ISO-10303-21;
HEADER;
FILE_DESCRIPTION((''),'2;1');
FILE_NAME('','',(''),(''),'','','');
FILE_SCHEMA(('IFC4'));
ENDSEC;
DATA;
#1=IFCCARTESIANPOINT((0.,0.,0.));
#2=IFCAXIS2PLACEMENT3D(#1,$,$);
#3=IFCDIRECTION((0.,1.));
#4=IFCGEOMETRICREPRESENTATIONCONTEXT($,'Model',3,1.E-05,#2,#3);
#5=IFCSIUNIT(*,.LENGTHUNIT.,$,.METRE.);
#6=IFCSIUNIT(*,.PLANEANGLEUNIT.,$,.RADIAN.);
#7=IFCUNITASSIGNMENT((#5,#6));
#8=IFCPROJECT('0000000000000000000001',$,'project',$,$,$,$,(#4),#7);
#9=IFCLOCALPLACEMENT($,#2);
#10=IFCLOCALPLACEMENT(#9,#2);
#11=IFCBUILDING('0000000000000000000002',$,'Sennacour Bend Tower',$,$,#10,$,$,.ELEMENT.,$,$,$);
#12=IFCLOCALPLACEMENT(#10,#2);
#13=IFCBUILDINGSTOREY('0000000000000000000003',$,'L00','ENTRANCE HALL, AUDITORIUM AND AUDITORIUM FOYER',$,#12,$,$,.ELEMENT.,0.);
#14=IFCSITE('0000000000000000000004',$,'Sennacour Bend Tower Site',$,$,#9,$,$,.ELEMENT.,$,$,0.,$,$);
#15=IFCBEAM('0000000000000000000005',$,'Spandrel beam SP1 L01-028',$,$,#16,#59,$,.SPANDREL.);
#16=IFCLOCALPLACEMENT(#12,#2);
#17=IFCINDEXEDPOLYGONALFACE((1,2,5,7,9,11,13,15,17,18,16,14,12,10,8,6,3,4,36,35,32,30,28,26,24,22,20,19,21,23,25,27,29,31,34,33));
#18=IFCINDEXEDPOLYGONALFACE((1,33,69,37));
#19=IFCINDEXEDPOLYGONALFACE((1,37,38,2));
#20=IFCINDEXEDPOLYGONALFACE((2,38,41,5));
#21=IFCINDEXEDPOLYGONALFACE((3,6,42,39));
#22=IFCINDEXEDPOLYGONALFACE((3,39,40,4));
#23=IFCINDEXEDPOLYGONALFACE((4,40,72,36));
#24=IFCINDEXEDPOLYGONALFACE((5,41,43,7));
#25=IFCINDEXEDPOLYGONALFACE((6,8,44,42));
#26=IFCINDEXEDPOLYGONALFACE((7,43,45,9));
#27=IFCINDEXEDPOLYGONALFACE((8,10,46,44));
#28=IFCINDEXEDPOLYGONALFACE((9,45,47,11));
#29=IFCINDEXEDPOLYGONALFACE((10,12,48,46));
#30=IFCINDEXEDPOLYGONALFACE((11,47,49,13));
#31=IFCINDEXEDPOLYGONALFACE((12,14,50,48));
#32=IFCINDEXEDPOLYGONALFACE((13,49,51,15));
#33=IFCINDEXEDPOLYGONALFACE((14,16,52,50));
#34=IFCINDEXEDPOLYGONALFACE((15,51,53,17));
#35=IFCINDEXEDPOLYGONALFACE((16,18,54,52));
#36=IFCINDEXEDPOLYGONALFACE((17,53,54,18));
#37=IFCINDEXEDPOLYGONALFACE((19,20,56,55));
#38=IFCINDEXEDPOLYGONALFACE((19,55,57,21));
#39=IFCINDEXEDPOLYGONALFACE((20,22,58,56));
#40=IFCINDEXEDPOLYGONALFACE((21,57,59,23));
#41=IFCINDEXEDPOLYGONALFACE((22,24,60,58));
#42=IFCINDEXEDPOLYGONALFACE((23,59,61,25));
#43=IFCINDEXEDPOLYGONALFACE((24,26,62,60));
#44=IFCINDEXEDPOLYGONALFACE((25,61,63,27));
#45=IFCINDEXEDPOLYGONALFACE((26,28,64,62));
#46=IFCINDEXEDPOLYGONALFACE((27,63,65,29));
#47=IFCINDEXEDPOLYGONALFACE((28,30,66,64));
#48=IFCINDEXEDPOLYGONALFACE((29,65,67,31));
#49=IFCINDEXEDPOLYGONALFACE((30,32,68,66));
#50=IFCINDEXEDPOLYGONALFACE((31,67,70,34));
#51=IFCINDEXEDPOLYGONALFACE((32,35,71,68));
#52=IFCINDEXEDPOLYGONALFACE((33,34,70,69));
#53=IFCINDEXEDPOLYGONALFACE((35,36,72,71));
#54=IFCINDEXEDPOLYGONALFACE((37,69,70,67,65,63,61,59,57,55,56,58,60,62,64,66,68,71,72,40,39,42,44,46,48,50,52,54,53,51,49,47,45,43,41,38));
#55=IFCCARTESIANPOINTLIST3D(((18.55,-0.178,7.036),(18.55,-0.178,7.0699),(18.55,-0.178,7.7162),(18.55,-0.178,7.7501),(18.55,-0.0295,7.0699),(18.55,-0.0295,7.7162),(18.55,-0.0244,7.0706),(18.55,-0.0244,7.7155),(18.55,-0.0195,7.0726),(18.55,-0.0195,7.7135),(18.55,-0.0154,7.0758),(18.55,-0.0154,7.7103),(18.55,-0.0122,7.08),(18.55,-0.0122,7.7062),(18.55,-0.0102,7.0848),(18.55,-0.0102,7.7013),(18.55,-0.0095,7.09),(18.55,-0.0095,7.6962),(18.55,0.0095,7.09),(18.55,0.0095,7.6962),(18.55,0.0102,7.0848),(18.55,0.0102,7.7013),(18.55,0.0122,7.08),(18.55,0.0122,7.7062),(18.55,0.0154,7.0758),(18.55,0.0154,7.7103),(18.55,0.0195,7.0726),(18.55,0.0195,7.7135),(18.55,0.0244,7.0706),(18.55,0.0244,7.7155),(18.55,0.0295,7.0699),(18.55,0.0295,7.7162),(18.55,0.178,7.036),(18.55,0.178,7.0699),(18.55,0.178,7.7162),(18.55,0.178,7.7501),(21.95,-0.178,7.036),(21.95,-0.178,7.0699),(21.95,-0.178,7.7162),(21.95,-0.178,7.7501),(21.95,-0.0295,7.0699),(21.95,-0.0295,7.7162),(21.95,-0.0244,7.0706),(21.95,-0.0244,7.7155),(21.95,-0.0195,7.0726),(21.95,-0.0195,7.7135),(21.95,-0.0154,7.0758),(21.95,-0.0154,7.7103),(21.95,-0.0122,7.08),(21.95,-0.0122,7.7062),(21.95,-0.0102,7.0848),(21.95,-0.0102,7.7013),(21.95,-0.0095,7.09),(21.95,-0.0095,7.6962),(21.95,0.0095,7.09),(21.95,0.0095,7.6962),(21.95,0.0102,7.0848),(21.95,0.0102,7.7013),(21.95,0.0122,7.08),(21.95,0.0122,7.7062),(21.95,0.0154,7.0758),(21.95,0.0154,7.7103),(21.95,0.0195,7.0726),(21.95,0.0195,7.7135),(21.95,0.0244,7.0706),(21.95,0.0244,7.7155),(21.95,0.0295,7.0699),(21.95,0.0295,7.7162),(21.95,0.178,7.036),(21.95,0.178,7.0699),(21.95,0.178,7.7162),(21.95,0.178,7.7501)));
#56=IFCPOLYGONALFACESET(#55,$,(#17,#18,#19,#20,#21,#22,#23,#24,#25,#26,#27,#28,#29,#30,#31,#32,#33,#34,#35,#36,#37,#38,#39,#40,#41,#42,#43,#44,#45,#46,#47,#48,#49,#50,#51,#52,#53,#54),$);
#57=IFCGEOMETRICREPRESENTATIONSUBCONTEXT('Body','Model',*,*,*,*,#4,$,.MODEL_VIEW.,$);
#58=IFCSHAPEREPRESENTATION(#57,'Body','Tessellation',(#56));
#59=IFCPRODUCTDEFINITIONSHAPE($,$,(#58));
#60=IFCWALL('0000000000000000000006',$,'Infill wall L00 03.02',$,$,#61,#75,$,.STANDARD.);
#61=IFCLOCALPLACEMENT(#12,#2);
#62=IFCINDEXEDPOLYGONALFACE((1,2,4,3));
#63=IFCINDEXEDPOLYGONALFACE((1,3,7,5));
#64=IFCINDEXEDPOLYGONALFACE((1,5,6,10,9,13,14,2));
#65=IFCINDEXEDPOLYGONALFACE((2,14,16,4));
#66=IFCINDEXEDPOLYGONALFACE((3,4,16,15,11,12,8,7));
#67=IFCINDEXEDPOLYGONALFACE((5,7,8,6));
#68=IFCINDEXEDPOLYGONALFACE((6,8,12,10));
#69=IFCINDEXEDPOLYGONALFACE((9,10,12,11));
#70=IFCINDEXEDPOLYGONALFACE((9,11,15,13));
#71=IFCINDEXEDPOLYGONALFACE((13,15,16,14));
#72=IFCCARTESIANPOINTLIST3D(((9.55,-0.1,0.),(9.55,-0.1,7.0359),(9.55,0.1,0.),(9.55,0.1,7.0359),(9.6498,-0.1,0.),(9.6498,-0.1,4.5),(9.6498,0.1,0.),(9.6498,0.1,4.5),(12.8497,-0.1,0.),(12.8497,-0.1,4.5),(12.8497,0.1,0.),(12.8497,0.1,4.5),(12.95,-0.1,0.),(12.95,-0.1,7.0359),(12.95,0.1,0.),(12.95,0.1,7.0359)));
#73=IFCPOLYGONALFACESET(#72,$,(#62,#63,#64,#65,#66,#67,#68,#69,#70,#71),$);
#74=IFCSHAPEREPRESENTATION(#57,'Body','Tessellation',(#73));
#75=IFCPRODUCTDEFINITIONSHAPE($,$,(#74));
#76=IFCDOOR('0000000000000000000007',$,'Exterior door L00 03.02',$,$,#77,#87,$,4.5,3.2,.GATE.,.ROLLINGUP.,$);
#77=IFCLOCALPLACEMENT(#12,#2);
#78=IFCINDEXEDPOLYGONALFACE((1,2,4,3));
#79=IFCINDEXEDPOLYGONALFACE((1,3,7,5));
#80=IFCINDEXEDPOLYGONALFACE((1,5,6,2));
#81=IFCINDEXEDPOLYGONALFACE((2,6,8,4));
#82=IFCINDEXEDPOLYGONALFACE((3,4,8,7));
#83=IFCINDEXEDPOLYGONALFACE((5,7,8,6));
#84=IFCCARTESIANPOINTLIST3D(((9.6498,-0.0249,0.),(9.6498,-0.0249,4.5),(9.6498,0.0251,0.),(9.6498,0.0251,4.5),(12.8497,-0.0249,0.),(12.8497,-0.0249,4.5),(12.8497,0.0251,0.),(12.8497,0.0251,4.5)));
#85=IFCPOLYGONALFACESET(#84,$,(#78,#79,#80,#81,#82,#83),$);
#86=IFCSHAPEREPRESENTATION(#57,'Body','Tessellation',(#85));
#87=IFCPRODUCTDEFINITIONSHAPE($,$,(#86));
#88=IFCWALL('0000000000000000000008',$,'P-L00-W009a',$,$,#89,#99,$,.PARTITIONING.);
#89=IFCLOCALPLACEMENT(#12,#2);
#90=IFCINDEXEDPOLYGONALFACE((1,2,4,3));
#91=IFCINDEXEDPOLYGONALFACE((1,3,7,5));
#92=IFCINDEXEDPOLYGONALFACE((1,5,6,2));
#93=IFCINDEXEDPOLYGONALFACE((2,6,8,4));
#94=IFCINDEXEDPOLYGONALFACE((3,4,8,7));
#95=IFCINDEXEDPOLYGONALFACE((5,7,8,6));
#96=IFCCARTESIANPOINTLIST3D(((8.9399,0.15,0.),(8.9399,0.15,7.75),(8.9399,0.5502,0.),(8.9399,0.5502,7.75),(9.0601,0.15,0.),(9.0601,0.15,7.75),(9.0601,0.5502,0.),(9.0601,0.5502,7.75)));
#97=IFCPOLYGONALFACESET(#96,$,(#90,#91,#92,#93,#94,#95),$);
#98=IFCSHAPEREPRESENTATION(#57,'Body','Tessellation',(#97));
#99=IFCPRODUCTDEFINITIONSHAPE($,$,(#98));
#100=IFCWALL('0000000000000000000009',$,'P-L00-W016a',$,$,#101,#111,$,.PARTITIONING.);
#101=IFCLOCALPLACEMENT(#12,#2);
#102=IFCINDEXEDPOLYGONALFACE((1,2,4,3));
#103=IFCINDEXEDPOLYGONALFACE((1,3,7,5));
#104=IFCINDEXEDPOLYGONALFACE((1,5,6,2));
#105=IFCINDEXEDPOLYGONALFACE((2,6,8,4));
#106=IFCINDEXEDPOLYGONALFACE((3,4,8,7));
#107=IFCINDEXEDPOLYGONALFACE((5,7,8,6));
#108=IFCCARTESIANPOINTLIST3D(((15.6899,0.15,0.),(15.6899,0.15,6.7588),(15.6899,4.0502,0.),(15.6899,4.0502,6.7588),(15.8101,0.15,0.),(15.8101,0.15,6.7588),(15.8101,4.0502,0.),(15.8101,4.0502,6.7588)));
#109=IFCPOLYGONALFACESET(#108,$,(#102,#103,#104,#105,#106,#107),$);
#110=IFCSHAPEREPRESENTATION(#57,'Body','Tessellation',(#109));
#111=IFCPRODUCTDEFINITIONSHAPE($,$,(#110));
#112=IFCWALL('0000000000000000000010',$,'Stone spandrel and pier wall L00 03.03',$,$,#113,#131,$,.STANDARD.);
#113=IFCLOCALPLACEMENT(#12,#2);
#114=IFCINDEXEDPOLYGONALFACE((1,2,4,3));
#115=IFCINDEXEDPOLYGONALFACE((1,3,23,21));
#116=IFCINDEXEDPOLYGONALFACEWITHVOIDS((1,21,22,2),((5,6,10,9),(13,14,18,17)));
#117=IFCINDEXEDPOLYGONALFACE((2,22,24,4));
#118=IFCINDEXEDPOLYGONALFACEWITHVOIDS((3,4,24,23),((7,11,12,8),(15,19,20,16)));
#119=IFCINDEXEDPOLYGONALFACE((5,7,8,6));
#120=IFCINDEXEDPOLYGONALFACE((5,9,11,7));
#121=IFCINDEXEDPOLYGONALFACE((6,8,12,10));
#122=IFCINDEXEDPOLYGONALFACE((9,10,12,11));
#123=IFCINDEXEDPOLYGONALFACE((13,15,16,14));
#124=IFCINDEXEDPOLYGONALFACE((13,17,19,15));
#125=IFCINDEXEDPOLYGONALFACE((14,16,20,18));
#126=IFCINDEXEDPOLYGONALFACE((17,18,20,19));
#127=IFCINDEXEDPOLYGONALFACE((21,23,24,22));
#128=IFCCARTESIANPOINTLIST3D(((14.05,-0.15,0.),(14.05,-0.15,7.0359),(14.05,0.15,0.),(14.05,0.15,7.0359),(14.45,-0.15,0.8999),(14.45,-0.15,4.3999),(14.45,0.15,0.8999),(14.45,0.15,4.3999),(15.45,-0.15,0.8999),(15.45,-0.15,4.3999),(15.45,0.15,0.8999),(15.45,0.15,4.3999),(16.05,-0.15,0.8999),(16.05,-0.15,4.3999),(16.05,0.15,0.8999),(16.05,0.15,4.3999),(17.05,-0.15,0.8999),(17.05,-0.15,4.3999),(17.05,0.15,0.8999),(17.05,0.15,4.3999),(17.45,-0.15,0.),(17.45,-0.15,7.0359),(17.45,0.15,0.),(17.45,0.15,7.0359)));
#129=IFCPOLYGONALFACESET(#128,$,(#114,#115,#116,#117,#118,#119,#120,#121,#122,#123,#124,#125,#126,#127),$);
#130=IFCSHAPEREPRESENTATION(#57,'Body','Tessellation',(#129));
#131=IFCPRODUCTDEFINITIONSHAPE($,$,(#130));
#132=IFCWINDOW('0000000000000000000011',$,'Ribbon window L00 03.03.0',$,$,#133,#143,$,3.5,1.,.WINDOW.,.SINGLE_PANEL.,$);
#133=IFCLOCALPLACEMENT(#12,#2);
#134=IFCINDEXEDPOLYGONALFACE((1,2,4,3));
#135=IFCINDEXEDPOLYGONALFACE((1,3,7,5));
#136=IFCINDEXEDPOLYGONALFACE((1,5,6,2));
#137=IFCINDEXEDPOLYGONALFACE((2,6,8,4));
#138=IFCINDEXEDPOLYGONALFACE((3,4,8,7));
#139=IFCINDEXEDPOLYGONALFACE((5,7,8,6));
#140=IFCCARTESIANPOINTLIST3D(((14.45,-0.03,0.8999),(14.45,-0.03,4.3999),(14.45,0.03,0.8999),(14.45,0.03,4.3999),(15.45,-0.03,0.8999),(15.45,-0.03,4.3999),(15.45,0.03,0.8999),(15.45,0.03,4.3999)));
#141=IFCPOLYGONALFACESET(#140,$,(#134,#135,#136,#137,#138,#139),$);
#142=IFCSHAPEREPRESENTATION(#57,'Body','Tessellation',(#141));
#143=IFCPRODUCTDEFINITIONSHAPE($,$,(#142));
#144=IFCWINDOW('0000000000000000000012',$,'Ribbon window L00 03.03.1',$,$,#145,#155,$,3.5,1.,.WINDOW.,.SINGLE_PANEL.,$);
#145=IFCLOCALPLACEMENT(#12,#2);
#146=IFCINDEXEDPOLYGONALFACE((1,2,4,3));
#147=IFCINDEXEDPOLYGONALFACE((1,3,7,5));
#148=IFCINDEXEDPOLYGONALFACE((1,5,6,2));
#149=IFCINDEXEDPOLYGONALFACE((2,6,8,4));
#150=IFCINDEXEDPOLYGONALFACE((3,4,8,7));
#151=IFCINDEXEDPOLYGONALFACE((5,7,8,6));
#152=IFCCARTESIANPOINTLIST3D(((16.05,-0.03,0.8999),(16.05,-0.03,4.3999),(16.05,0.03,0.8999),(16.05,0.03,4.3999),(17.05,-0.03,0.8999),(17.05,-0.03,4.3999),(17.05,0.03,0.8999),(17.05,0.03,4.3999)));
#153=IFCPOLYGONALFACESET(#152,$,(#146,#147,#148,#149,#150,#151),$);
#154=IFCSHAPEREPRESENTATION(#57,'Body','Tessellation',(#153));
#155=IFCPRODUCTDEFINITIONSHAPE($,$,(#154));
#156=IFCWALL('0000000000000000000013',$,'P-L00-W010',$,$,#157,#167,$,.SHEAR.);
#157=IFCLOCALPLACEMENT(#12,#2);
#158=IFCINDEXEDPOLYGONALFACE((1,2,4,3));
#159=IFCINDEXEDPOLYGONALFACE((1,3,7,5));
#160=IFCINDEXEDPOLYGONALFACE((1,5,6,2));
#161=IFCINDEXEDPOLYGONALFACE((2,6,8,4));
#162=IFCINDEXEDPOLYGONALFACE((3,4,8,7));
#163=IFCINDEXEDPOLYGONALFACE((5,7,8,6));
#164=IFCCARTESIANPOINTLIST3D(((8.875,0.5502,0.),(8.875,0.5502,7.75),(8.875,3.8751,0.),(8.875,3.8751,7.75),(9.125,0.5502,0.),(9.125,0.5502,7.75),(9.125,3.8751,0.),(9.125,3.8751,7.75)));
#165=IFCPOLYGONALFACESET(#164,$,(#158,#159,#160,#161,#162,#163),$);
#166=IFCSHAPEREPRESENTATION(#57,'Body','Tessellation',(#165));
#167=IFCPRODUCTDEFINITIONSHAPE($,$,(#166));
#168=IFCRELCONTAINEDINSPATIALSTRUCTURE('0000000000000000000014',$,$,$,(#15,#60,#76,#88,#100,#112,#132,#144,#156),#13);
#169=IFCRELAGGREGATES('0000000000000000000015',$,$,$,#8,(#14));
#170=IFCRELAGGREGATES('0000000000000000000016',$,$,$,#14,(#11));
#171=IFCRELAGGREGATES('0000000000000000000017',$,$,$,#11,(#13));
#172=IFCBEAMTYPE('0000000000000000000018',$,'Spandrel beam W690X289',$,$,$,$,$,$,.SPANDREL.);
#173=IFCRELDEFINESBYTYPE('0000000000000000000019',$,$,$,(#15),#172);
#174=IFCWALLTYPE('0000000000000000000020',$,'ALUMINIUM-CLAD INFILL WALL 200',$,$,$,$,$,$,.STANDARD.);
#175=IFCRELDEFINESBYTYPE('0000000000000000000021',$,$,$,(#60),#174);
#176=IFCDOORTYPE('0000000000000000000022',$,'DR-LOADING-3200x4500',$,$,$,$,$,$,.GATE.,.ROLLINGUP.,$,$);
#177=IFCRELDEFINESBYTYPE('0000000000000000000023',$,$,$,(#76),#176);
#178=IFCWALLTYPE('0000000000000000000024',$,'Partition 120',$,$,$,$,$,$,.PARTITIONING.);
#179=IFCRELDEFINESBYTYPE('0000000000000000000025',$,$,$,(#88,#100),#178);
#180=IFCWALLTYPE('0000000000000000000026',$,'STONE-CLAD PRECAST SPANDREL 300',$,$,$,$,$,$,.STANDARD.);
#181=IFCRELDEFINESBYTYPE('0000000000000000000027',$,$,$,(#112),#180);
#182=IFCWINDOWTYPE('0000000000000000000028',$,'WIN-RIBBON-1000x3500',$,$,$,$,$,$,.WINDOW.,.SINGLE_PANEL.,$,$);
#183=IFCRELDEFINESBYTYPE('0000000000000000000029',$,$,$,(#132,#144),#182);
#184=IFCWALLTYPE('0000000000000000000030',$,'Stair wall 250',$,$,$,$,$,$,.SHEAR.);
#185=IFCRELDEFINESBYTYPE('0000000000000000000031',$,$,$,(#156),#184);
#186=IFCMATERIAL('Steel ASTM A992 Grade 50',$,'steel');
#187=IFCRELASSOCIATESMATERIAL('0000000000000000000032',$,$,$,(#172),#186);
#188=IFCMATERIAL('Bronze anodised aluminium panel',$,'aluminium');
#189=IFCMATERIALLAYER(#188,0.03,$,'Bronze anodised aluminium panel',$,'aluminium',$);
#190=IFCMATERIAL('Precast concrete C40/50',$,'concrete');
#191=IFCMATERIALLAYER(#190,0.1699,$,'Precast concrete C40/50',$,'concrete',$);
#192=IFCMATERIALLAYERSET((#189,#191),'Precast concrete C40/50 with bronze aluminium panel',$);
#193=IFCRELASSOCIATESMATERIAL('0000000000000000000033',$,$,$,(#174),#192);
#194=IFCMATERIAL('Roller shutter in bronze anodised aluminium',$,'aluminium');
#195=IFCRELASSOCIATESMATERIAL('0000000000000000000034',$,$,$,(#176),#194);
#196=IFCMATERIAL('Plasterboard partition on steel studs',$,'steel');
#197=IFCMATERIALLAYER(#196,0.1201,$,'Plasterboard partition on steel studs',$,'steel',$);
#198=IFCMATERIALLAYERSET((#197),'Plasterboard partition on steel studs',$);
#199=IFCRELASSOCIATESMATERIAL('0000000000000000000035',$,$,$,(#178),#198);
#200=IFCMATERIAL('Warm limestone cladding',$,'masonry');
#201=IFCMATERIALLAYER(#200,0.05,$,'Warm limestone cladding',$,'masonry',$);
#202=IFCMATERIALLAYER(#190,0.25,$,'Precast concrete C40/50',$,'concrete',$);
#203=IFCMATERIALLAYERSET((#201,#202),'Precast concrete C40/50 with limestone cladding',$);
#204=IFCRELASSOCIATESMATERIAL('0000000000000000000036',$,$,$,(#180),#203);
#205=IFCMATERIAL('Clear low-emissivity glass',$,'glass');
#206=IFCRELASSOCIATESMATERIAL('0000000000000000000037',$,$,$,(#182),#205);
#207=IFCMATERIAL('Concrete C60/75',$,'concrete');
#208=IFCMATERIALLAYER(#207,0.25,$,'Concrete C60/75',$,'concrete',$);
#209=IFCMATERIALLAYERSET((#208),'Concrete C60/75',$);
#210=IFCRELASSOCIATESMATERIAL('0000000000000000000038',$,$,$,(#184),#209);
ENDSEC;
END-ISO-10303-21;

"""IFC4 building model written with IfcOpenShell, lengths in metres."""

from ifc_helpers import new_model, si_unit, direction, frame, frame_2d, origin, origin_2d, place, context, subcontext, project, spatial, rectangle, i_section, extrude, material, layer, layer_set, material_profile, profile_set, type_object, element, fill, save


model = new_model("IFC4")

# Units and contexts
model_context = context("Model", 3, precision=1e-05, world=origin(), true_north=direction((0.0, 1.0)))
body_context = subcontext(model_context, "Body", "Model", "MODEL_VIEW")
ifc_project = project(units=[si_unit("LENGTHUNIT", "METRE"), si_unit("PLANEANGLEUNIT", "RADIAN")], contexts=[model_context])

# Site, building, storey
site_placement = place(None, origin())
site = spatial("IfcSite", under=ifc_project, at=site_placement, Name="Sennacour Bend Tower Site", CompositionType="ELEMENT", RefElevation=0.0)
building_placement = place(site_placement, origin())
building = spatial("IfcBuilding", under=site, at=building_placement, Name="Sennacour Bend Tower", CompositionType="ELEMENT")
storey_placement = place(building_placement, origin())
storey = spatial("IfcBuildingStorey", under=building, at=storey_placement, Name="L00", Description="ENTRANCE HALL, AUDITORIUM AND AUDITORIUM FOYER", CompositionType="ELEMENT", Elevation=0.0)

# Beam
ifc_material_1 = material(Name="Steel ASTM A992 Grade 50", Category="steel")
ifc_material_profile_1 = material_profile(ifc_material_1, i_section(OverallWidth=0.356, OverallDepth=0.7141, WebThickness=0.019, FlangeThickness=0.0339, FilletRadius=0.02, at=origin_2d()), Name="Steel ASTM A992 Grade 50", Category="steel")
ifc_profile_set_1 = profile_set([ifc_material_profile_1], Name="Steel ASTM A992 Grade 50")
beam_type_1 = type_object("IfcBeamType", Name="Spandrel beam W690X289", PredefinedType="SPANDREL", material=ifc_profile_set_1)
for number, where, z_axis, x_axis, name in (
    (1, (18.55, 0.0, 7.3931), (1.0, 0.0, 0.0), (0.0, 1.0, 0.0), "Spandrel beam SP1 L01-028"),
):
    element("IfcBeam", number, at=place(storey_placement, frame(where, z_axis=z_axis, x_axis=x_axis)), inside=storey, type_object=beam_type_1, Name=name, PredefinedType="SPANDREL", context=body_context, shape_type="SweptSolid", body=[
        extrude(i_section(OverallWidth=0.356, OverallDepth=0.7141, WebThickness=0.019, FlangeThickness=0.0339, FilletRadius=0.02, at=origin_2d()), origin(), (0.0, 0.0, 1.0), 3.3999),
    ])

# Wall, opening, door
ifc_material_2 = material(Name="Bronze anodised aluminium panel", Category="aluminium")
ifc_layer_1 = layer(ifc_material_2, 0.03, Name="Bronze anodised aluminium panel", Category="aluminium")
ifc_material_3 = material(Name="Precast concrete C40/50", Category="concrete")
ifc_layer_2 = layer(ifc_material_3, 0.1699, Name="Precast concrete C40/50", Category="concrete")
ifc_layer_set_1 = layer_set([ifc_layer_1, ifc_layer_2], Name="Precast concrete C40/50 with bronze aluminium panel")
wall_type_1 = type_object("IfcWallType", Name="ALUMINIUM-CLAD INFILL WALL 200", PredefinedType="STANDARD", material=ifc_layer_set_1)
wall_1_placement = place(storey_placement, frame((12.95, 0.0, 0.0), z_axis=(0.0, 0.0, 1.0), x_axis=(-1.0, 0.0, 0.0)))
wall_1 = element("IfcWall", 2, at=wall_1_placement, inside=storey, type_object=wall_type_1, Name="Infill wall L00 03.02", PredefinedType="STANDARD", context=body_context, shape_type="SweptSolid", body=[
    extrude(rectangle(XDim=3.3999, YDim=0.2, at=frame_2d((1.7, 0.0))), origin(), (0.0, 0.0, 1.0), 7.0359),
])
opening_1_placement = place(wall_1_placement, frame((0.1001, 0.0, 0.0)))
opening_1 = element("IfcOpeningElement", 3, at=opening_1_placement, cuts=wall_1, PredefinedType="OPENING", context=body_context, shape_type="SweptSolid", body=[
    extrude(rectangle(XDim=3.2, YDim=4.5, at=frame_2d((1.6001, 2.25))), frame((0.0, 0.1099, 0.0), z_axis=(0.0, -1.0, 0.0), x_axis=(1.0, 0.0, 0.0)), (0.0, 0.0, 1.0), 0.22),
])
ifc_material_4 = material(Name="Roller shutter in bronze anodised aluminium", Category="aluminium")
door_type_1 = type_object("IfcDoorType", Name="DR-LOADING-3200x4500", OperationType="ROLLINGUP", PredefinedType="GATE", material=ifc_material_4)
door_1_placement = place(opening_1_placement, origin())
door_1 = element("IfcDoor", 4, at=door_1_placement, inside=storey, type_object=door_type_1, Name="Exterior door L00 03.02", OperationType="ROLLINGUP", OverallHeight=4.5, OverallWidth=3.2, PredefinedType="GATE", context=body_context, shape_type="SweptSolid", body=[
    extrude(rectangle(XDim=3.2, YDim=4.5, at=frame_2d((1.6001, 2.25))), frame((0.0, 0.0249, 0.0), z_axis=(0.0, -1.0, 0.0), x_axis=(1.0, 0.0, 0.0)), (0.0, 0.0, 1.0), 0.05),
])
fill(opening_1, door_1)

# Walls
ifc_material_5 = material(Name="Plasterboard partition on steel studs", Category="steel")
ifc_layer_3 = layer(ifc_material_5, 0.1201, Name="Plasterboard partition on steel studs", Category="steel")
ifc_layer_set_2 = layer_set([ifc_layer_3], Name="Plasterboard partition on steel studs")
wall_type_2 = type_object("IfcWallType", Name="Partition 120", PredefinedType="PARTITIONING", material=ifc_layer_set_2)
wall_2_placement = place(storey_placement, frame((9.0, 0.1499, 0.0), z_axis=(0.0, 0.0, 1.0), x_axis=(0.0, 1.0, 0.0)))
element("IfcWall", 5, at=wall_2_placement, inside=storey, type_object=wall_type_2, Name="P-L00-W009a", PredefinedType="PARTITIONING", context=body_context, shape_type="SweptSolid", body=[
    extrude(rectangle(XDim=0.4001, YDim=0.1201, at=frame_2d((0.2002, 0.0))), origin(), (0.0, 0.0, 1.0), 7.75),
])
wall_3_placement = place(storey_placement, frame((15.75, 0.1499, 0.0), z_axis=(0.0, 0.0, 1.0), x_axis=(0.0, 1.0, 0.0)))
element("IfcWall", 6, at=wall_3_placement, inside=storey, type_object=wall_type_2, Name="P-L00-W016a", PredefinedType="PARTITIONING", context=body_context, shape_type="SweptSolid", body=[
    extrude(rectangle(XDim=3.9001, YDim=0.1201, at=frame_2d((1.9502, 0.0))), origin(), (0.0, 0.0, 1.0), 6.7588),
])

# Wall, openings, windows
ifc_material_6 = material(Name="Warm limestone cladding", Category="masonry")
ifc_layer_4 = layer(ifc_material_6, 0.05, Name="Warm limestone cladding", Category="masonry")
ifc_layer_5 = layer(ifc_material_3, 0.25, Name="Precast concrete C40/50", Category="concrete")
ifc_layer_set_3 = layer_set([ifc_layer_4, ifc_layer_5], Name="Precast concrete C40/50 with limestone cladding")
wall_type_3 = type_object("IfcWallType", Name="STONE-CLAD PRECAST SPANDREL 300", PredefinedType="STANDARD", material=ifc_layer_set_3)
wall_4_placement = place(storey_placement, frame((14.05, 0.0, 0.0), z_axis=(0.0, 0.0, 1.0), x_axis=(1.0, 0.0, 0.0)))
wall_4 = element("IfcWall", 7, at=wall_4_placement, inside=storey, type_object=wall_type_3, Name="Stone spandrel and pier wall L00 03.03", PredefinedType="STANDARD", context=body_context, shape_type="SweptSolid", body=[
    extrude(rectangle(XDim=3.3999, YDim=0.3, at=frame_2d((1.7, 0.0))), origin(), (0.0, 0.0, 1.0), 7.0359),
])
opening_2_placement = place(wall_4_placement, frame((0.3999, 0.0, 0.8999)))
opening_2 = element("IfcOpeningElement", 8, at=opening_2_placement, cuts=wall_4, PredefinedType="OPENING", context=body_context, shape_type="SweptSolid", body=[
    extrude(rectangle(XDim=1.0, YDim=3.5, at=frame_2d((0.5, 1.75))), frame((0.0, 0.1602, 0.0), z_axis=(0.0, -1.0, 0.0), x_axis=(1.0, 0.0, 0.0)), (0.0, 0.0, 1.0), 0.3201),
])
opening_3_placement = place(wall_4_placement, frame((2.0, 0.0, 0.8999)))
opening_3 = element("IfcOpeningElement", 9, at=opening_3_placement, cuts=wall_4, PredefinedType="OPENING", context=body_context, shape_type="SweptSolid", body=[
    extrude(rectangle(XDim=1.0, YDim=3.5, at=frame_2d((0.5, 1.75))), frame((0.0, 0.1602, 0.0), z_axis=(0.0, -1.0, 0.0), x_axis=(1.0, 0.0, 0.0)), (0.0, 0.0, 1.0), 0.3201),
])
ifc_material_7 = material(Name="Clear low-emissivity glass", Category="glass")
window_type = type_object("IfcWindowType", Name="WIN-RIBBON-1000x3500", PartitioningType="SINGLE_PANEL", PredefinedType="WINDOW", material=ifc_material_7)
window_1_placement = place(opening_2_placement, origin())
window_1 = element("IfcWindow", 10, at=window_1_placement, inside=storey, type_object=window_type, Name="Ribbon window L00 03.03.0", OverallHeight=3.5, OverallWidth=1.0, PartitioningType="SINGLE_PANEL", PredefinedType="WINDOW", context=body_context, shape_type="SweptSolid", body=[
    extrude(rectangle(XDim=1.0, YDim=3.5, at=frame_2d((0.5, 1.75))), frame((0.0, 0.03, 0.0), z_axis=(0.0, -1.0, 0.0), x_axis=(1.0, 0.0, 0.0)), (0.0, 0.0, 1.0), 0.0601),
])
fill(opening_2, window_1)
window_2_placement = place(opening_3_placement, origin())
window_2 = element("IfcWindow", 11, at=window_2_placement, inside=storey, type_object=window_type, Name="Ribbon window L00 03.03.1", OverallHeight=3.5, OverallWidth=1.0, PartitioningType="SINGLE_PANEL", PredefinedType="WINDOW", context=body_context, shape_type="SweptSolid", body=[
    extrude(rectangle(XDim=1.0, YDim=3.5, at=frame_2d((0.5, 1.75))), frame((0.0, 0.03, 0.0), z_axis=(0.0, -1.0, 0.0), x_axis=(1.0, 0.0, 0.0)), (0.0, 0.0, 1.0), 0.0601),
])
fill(opening_3, window_2)

# Wall
ifc_material_8 = material(Name="Concrete C60/75", Category="concrete")
ifc_layer_6 = layer(ifc_material_8, 0.25, Name="Concrete C60/75", Category="concrete")
ifc_layer_set_4 = layer_set([ifc_layer_6], Name="Concrete C60/75")
wall_type_4 = type_object("IfcWallType", Name="Stair wall 250", PredefinedType="SHEAR", material=ifc_layer_set_4)
wall_5_placement = place(storey_placement, frame((9.0, 0.55, 0.0), z_axis=(0.0, 0.0, 1.0), x_axis=(0.0, 1.0, 0.0)))
element("IfcWall", 12, at=wall_5_placement, inside=storey, type_object=wall_type_4, Name="P-L00-W010", PredefinedType="SHEAR", context=body_context, shape_type="SweptSolid", body=[
    extrude(rectangle(XDim=3.325, YDim=0.25, at=frame_2d((1.6626, 0.0))), origin(), (0.0, 0.0, 1.0), 7.75),
])

save(model, "model.ifc")
